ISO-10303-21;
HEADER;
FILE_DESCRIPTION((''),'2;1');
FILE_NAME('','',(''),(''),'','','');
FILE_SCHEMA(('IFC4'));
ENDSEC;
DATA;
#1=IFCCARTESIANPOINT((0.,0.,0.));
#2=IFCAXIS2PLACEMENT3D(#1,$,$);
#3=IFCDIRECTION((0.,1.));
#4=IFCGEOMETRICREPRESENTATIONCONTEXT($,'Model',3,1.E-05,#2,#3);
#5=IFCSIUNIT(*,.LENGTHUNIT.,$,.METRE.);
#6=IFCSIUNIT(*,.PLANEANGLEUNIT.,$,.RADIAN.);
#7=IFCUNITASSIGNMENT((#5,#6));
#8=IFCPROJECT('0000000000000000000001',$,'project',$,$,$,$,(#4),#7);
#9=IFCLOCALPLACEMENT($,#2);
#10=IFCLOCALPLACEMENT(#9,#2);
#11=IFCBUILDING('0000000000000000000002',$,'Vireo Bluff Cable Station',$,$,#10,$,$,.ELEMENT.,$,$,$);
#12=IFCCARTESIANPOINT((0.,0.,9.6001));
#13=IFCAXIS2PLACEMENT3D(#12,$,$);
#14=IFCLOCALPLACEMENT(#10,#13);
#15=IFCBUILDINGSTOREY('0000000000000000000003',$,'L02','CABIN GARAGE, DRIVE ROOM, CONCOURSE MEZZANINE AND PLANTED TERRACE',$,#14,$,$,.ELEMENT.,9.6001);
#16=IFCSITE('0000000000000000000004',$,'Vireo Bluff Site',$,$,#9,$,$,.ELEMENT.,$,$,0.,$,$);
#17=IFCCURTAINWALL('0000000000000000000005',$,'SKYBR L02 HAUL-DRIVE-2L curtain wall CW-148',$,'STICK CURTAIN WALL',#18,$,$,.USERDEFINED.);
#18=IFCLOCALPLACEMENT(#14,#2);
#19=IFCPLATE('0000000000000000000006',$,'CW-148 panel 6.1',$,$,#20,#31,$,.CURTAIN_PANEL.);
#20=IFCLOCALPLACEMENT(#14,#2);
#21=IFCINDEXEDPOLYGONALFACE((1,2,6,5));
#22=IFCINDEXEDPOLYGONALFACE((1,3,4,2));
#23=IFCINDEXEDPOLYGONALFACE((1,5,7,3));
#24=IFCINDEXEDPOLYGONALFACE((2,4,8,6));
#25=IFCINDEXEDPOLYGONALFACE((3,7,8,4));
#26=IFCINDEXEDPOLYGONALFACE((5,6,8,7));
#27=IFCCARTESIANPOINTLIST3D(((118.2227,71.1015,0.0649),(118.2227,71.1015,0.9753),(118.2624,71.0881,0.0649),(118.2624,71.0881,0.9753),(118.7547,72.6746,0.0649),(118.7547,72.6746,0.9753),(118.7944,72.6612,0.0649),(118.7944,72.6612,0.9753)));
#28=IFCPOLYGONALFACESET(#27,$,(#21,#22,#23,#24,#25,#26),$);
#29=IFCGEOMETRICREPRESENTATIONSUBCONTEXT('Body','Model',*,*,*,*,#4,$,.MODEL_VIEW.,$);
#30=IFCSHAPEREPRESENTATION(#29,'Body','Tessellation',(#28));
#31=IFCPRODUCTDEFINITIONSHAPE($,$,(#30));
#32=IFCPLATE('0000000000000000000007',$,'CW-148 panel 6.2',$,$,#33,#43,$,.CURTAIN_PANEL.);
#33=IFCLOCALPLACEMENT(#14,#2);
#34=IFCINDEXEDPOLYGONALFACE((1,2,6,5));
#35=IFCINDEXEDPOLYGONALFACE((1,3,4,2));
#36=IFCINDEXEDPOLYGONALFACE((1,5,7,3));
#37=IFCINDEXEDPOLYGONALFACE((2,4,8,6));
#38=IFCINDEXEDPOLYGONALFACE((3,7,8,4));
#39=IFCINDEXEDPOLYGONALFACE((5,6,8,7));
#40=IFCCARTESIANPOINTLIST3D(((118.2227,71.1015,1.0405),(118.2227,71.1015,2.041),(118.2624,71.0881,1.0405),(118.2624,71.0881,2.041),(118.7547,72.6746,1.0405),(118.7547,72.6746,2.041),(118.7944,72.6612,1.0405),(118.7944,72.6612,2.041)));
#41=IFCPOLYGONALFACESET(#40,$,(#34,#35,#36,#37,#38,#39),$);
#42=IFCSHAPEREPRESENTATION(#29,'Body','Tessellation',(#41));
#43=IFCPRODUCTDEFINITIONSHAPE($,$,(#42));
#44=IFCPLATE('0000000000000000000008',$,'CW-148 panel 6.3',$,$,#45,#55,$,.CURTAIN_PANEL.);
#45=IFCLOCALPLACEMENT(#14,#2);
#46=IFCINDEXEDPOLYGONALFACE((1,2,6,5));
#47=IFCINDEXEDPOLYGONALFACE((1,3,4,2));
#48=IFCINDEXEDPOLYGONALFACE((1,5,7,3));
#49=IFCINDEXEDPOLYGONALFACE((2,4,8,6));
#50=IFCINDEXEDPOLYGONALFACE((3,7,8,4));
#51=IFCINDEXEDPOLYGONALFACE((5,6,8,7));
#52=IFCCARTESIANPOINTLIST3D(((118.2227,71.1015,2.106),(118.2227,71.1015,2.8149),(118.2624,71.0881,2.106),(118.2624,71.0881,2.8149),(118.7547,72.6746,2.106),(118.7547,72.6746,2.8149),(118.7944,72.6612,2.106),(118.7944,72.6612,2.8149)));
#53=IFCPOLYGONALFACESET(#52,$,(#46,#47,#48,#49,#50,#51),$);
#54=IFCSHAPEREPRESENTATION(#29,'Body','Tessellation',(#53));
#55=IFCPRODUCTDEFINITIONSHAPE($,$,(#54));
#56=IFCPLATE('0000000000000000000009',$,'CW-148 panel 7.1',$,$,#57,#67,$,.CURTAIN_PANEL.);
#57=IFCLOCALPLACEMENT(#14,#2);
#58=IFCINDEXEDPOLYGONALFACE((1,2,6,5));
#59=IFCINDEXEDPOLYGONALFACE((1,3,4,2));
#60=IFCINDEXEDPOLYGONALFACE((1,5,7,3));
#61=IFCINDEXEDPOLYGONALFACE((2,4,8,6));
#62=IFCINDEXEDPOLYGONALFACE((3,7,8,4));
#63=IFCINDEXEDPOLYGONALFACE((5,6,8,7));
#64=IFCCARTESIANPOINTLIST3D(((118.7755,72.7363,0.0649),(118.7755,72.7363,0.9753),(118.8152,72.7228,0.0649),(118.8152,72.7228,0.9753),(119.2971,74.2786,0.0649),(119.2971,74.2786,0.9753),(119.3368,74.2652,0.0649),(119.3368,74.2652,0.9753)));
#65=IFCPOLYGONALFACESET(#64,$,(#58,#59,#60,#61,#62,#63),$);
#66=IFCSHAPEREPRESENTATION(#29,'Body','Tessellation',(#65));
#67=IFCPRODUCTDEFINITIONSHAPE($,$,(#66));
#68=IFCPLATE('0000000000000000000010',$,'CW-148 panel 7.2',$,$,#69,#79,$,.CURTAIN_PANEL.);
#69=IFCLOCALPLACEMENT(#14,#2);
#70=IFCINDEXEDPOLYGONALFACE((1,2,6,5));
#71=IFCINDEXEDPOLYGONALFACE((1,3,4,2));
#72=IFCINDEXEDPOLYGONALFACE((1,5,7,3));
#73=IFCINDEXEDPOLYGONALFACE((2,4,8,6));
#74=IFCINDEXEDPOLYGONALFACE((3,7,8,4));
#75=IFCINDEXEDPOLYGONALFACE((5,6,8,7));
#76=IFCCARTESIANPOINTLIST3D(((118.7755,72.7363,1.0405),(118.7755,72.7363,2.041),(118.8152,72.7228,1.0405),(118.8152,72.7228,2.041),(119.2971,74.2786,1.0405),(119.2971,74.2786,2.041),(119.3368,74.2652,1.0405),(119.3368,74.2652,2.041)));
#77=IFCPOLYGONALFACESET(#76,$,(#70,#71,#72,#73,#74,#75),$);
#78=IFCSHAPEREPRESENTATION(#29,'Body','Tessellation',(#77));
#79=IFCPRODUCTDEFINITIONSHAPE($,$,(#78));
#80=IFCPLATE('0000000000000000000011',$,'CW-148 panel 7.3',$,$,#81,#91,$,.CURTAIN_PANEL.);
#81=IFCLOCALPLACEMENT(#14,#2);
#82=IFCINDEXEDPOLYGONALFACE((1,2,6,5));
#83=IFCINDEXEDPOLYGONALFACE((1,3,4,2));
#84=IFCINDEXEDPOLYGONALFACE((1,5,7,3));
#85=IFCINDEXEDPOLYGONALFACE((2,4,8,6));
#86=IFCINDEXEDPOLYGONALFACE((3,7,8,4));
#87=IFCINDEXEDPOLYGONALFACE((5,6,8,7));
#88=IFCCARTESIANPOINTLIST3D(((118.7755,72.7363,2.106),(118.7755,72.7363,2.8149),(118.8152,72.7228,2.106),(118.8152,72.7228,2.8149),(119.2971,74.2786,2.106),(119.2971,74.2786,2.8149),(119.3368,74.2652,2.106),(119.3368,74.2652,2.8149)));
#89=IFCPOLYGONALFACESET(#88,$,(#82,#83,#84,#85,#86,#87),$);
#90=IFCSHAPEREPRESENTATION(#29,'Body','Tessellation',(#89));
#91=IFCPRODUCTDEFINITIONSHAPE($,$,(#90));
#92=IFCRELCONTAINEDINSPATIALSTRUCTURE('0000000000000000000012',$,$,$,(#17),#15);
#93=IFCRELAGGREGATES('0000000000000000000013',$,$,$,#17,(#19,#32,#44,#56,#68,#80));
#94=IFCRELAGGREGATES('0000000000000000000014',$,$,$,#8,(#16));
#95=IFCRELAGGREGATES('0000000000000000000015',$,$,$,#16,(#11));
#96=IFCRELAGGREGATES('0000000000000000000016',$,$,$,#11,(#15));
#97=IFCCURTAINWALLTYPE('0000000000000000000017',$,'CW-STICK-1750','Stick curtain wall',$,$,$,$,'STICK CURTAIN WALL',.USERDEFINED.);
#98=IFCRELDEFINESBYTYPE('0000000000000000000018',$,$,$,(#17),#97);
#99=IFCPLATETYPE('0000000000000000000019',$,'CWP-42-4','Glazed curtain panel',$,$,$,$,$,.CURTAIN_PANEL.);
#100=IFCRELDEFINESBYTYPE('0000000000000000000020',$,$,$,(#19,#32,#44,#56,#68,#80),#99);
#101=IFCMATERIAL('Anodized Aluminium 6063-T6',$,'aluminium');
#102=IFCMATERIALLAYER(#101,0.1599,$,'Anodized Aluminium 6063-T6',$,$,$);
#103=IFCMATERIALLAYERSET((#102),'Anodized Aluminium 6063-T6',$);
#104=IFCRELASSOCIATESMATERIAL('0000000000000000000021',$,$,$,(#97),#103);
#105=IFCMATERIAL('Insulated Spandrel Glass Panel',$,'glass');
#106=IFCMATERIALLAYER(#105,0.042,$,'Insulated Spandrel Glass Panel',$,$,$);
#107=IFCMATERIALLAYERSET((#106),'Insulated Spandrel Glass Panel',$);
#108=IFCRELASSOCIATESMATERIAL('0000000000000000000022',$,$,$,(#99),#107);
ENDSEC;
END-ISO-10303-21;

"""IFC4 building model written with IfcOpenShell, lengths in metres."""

from ifc_helpers import new_model, si_unit, direction, frame, origin, origin_2d, place, context, subcontext, project, spatial, rectangle, extrude, material, layer, layer_set, type_object, element, aggregate, save


model = new_model("IFC4")

# Units and contexts
model_context = context("Model", 3, precision=1e-05, world=origin(), true_north=direction((0.0, 1.0)))
body_context = subcontext(model_context, "Body", "Model", "MODEL_VIEW")
ifc_project = project(units=[si_unit("LENGTHUNIT", "METRE"), si_unit("PLANEANGLEUNIT", "RADIAN")], contexts=[model_context])

# Site, building, storey
site_placement = place(None, origin())
site = spatial("IfcSite", under=ifc_project, at=site_placement, Name="Vireo Bluff Site", CompositionType="ELEMENT", RefElevation=0.0)
building_placement = place(site_placement, origin())
building = spatial("IfcBuilding", under=site, at=building_placement, Name="Vireo Bluff Cable Station", CompositionType="ELEMENT")
storey_placement = place(building_placement, frame((0.0, 0.0, 9.6001)))
storey = spatial("IfcBuildingStorey", under=building, at=storey_placement, Name="L02", Description="CABIN GARAGE, DRIVE ROOM, CONCOURSE MEZZANINE AND PLANTED TERRACE", CompositionType="ELEMENT", Elevation=9.6001)

# Curtain wall
ifc_material_1 = material(Name="Anodized Aluminium 6063-T6", Category="aluminium")
ifc_layer_1 = layer(ifc_material_1, 0.1599, Name="Anodized Aluminium 6063-T6")
ifc_layer_set_1 = layer_set([ifc_layer_1], Name="Anodized Aluminium 6063-T6")
curtain_wall_type = type_object("IfcCurtainWallType", Name="CW-STICK-1750", Description="Stick curtain wall", ElementType="STICK CURTAIN WALL", PredefinedType="USERDEFINED", material=ifc_layer_set_1)
curtain_wall_1_placement = place(storey_placement, origin())
curtain_wall_1 = element("IfcCurtainWall", 1, at=curtain_wall_1_placement, inside=storey, type_object=curtain_wall_type, Name="SKYBR L02 HAUL-DRIVE-2L curtain wall CW-148", ObjectType="STICK CURTAIN WALL", PredefinedType="USERDEFINED")

# Plates
ifc_material_2 = material(Name="Insulated Spandrel Glass Panel", Category="glass")
ifc_layer_2 = layer(ifc_material_2, 0.042, Name="Insulated Spandrel Glass Panel")
ifc_layer_set_2 = layer_set([ifc_layer_2], Name="Insulated Spandrel Glass Panel")
plate_type_1 = type_object("IfcPlateType", Name="CWP-42-4", Description="Glazed curtain panel", PredefinedType="CURTAIN_PANEL", material=ifc_layer_set_2)
plate_1_placement = place(storey_placement, frame((118.5085, 71.8813, 0.0649), z_axis=(0.0, 0.0, 1.0), x_axis=(0.320362, 0.947295, 0.0)))
plate_1 = element("IfcPlate", 2, at=plate_1_placement, type_object=plate_type_1, Name="CW-148 panel 6.1", PredefinedType="CURTAIN_PANEL", context=body_context, shape_type="SweptSolid", body=[
    extrude(rectangle(XDim=1.6606, YDim=0.042, at=origin_2d()), origin(), (0.0, 0.0, 1.0), 0.9104),
])
plate_2_placement = place(storey_placement, frame((118.5085, 71.8813, 1.0405), z_axis=(0.0, 0.0, 1.0), x_axis=(0.320362, 0.947295, 0.0)))
plate_2 = element("IfcPlate", 3, at=plate_2_placement, type_object=plate_type_1, Name="CW-148 panel 6.2", PredefinedType="CURTAIN_PANEL", context=body_context, shape_type="SweptSolid", body=[
    extrude(rectangle(XDim=1.6606, YDim=0.042, at=origin_2d()), origin(), (0.0, 0.0, 1.0), 1.0005),
])
plate_3_placement = place(storey_placement, frame((118.5085, 71.8813, 2.106), z_axis=(0.0, 0.0, 1.0), x_axis=(0.320362, 0.947295, 0.0)))
plate_3 = element("IfcPlate", 4, at=plate_3_placement, type_object=plate_type_1, Name="CW-148 panel 6.3", PredefinedType="CURTAIN_PANEL", context=body_context, shape_type="SweptSolid", body=[
    extrude(rectangle(XDim=1.6606, YDim=0.042, at=origin_2d()), origin(), (0.0, 0.0, 1.0), 0.709),
])
plate_4_placement = place(storey_placement, frame((119.0562, 73.5007, 0.0649), z_axis=(0.0, 0.0, 1.0), x_axis=(0.320362, 0.947295, 0.0)))
plate_4 = element("IfcPlate", 5, at=plate_4_placement, type_object=plate_type_1, Name="CW-148 panel 7.1", PredefinedType="CURTAIN_PANEL", context=body_context, shape_type="SweptSolid", body=[
    extrude(rectangle(XDim=1.6282, YDim=0.042, at=origin_2d()), origin(), (0.0, 0.0, 1.0), 0.9104),
])
plate_5_placement = place(storey_placement, frame((119.0562, 73.5007, 1.0405), z_axis=(0.0, 0.0, 1.0), x_axis=(0.320362, 0.947295, 0.0)))
plate_5 = element("IfcPlate", 6, at=plate_5_placement, type_object=plate_type_1, Name="CW-148 panel 7.2", PredefinedType="CURTAIN_PANEL", context=body_context, shape_type="SweptSolid", body=[
    extrude(rectangle(XDim=1.6282, YDim=0.042, at=origin_2d()), origin(), (0.0, 0.0, 1.0), 1.0005),
])
plate_6_placement = place(storey_placement, frame((119.0562, 73.5007, 2.106), z_axis=(0.0, 0.0, 1.0), x_axis=(0.320362, 0.947295, 0.0)))
plate_6 = element("IfcPlate", 7, at=plate_6_placement, type_object=plate_type_1, Name="CW-148 panel 7.3", PredefinedType="CURTAIN_PANEL", context=body_context, shape_type="SweptSolid", body=[
    extrude(rectangle(XDim=1.6282, YDim=0.042, at=origin_2d()), origin(), (0.0, 0.0, 1.0), 0.709),
])
aggregate(curtain_wall_1, [plate_1, plate_2, plate_3, plate_4, plate_5, plate_6])

save(model, "model.ifc")
